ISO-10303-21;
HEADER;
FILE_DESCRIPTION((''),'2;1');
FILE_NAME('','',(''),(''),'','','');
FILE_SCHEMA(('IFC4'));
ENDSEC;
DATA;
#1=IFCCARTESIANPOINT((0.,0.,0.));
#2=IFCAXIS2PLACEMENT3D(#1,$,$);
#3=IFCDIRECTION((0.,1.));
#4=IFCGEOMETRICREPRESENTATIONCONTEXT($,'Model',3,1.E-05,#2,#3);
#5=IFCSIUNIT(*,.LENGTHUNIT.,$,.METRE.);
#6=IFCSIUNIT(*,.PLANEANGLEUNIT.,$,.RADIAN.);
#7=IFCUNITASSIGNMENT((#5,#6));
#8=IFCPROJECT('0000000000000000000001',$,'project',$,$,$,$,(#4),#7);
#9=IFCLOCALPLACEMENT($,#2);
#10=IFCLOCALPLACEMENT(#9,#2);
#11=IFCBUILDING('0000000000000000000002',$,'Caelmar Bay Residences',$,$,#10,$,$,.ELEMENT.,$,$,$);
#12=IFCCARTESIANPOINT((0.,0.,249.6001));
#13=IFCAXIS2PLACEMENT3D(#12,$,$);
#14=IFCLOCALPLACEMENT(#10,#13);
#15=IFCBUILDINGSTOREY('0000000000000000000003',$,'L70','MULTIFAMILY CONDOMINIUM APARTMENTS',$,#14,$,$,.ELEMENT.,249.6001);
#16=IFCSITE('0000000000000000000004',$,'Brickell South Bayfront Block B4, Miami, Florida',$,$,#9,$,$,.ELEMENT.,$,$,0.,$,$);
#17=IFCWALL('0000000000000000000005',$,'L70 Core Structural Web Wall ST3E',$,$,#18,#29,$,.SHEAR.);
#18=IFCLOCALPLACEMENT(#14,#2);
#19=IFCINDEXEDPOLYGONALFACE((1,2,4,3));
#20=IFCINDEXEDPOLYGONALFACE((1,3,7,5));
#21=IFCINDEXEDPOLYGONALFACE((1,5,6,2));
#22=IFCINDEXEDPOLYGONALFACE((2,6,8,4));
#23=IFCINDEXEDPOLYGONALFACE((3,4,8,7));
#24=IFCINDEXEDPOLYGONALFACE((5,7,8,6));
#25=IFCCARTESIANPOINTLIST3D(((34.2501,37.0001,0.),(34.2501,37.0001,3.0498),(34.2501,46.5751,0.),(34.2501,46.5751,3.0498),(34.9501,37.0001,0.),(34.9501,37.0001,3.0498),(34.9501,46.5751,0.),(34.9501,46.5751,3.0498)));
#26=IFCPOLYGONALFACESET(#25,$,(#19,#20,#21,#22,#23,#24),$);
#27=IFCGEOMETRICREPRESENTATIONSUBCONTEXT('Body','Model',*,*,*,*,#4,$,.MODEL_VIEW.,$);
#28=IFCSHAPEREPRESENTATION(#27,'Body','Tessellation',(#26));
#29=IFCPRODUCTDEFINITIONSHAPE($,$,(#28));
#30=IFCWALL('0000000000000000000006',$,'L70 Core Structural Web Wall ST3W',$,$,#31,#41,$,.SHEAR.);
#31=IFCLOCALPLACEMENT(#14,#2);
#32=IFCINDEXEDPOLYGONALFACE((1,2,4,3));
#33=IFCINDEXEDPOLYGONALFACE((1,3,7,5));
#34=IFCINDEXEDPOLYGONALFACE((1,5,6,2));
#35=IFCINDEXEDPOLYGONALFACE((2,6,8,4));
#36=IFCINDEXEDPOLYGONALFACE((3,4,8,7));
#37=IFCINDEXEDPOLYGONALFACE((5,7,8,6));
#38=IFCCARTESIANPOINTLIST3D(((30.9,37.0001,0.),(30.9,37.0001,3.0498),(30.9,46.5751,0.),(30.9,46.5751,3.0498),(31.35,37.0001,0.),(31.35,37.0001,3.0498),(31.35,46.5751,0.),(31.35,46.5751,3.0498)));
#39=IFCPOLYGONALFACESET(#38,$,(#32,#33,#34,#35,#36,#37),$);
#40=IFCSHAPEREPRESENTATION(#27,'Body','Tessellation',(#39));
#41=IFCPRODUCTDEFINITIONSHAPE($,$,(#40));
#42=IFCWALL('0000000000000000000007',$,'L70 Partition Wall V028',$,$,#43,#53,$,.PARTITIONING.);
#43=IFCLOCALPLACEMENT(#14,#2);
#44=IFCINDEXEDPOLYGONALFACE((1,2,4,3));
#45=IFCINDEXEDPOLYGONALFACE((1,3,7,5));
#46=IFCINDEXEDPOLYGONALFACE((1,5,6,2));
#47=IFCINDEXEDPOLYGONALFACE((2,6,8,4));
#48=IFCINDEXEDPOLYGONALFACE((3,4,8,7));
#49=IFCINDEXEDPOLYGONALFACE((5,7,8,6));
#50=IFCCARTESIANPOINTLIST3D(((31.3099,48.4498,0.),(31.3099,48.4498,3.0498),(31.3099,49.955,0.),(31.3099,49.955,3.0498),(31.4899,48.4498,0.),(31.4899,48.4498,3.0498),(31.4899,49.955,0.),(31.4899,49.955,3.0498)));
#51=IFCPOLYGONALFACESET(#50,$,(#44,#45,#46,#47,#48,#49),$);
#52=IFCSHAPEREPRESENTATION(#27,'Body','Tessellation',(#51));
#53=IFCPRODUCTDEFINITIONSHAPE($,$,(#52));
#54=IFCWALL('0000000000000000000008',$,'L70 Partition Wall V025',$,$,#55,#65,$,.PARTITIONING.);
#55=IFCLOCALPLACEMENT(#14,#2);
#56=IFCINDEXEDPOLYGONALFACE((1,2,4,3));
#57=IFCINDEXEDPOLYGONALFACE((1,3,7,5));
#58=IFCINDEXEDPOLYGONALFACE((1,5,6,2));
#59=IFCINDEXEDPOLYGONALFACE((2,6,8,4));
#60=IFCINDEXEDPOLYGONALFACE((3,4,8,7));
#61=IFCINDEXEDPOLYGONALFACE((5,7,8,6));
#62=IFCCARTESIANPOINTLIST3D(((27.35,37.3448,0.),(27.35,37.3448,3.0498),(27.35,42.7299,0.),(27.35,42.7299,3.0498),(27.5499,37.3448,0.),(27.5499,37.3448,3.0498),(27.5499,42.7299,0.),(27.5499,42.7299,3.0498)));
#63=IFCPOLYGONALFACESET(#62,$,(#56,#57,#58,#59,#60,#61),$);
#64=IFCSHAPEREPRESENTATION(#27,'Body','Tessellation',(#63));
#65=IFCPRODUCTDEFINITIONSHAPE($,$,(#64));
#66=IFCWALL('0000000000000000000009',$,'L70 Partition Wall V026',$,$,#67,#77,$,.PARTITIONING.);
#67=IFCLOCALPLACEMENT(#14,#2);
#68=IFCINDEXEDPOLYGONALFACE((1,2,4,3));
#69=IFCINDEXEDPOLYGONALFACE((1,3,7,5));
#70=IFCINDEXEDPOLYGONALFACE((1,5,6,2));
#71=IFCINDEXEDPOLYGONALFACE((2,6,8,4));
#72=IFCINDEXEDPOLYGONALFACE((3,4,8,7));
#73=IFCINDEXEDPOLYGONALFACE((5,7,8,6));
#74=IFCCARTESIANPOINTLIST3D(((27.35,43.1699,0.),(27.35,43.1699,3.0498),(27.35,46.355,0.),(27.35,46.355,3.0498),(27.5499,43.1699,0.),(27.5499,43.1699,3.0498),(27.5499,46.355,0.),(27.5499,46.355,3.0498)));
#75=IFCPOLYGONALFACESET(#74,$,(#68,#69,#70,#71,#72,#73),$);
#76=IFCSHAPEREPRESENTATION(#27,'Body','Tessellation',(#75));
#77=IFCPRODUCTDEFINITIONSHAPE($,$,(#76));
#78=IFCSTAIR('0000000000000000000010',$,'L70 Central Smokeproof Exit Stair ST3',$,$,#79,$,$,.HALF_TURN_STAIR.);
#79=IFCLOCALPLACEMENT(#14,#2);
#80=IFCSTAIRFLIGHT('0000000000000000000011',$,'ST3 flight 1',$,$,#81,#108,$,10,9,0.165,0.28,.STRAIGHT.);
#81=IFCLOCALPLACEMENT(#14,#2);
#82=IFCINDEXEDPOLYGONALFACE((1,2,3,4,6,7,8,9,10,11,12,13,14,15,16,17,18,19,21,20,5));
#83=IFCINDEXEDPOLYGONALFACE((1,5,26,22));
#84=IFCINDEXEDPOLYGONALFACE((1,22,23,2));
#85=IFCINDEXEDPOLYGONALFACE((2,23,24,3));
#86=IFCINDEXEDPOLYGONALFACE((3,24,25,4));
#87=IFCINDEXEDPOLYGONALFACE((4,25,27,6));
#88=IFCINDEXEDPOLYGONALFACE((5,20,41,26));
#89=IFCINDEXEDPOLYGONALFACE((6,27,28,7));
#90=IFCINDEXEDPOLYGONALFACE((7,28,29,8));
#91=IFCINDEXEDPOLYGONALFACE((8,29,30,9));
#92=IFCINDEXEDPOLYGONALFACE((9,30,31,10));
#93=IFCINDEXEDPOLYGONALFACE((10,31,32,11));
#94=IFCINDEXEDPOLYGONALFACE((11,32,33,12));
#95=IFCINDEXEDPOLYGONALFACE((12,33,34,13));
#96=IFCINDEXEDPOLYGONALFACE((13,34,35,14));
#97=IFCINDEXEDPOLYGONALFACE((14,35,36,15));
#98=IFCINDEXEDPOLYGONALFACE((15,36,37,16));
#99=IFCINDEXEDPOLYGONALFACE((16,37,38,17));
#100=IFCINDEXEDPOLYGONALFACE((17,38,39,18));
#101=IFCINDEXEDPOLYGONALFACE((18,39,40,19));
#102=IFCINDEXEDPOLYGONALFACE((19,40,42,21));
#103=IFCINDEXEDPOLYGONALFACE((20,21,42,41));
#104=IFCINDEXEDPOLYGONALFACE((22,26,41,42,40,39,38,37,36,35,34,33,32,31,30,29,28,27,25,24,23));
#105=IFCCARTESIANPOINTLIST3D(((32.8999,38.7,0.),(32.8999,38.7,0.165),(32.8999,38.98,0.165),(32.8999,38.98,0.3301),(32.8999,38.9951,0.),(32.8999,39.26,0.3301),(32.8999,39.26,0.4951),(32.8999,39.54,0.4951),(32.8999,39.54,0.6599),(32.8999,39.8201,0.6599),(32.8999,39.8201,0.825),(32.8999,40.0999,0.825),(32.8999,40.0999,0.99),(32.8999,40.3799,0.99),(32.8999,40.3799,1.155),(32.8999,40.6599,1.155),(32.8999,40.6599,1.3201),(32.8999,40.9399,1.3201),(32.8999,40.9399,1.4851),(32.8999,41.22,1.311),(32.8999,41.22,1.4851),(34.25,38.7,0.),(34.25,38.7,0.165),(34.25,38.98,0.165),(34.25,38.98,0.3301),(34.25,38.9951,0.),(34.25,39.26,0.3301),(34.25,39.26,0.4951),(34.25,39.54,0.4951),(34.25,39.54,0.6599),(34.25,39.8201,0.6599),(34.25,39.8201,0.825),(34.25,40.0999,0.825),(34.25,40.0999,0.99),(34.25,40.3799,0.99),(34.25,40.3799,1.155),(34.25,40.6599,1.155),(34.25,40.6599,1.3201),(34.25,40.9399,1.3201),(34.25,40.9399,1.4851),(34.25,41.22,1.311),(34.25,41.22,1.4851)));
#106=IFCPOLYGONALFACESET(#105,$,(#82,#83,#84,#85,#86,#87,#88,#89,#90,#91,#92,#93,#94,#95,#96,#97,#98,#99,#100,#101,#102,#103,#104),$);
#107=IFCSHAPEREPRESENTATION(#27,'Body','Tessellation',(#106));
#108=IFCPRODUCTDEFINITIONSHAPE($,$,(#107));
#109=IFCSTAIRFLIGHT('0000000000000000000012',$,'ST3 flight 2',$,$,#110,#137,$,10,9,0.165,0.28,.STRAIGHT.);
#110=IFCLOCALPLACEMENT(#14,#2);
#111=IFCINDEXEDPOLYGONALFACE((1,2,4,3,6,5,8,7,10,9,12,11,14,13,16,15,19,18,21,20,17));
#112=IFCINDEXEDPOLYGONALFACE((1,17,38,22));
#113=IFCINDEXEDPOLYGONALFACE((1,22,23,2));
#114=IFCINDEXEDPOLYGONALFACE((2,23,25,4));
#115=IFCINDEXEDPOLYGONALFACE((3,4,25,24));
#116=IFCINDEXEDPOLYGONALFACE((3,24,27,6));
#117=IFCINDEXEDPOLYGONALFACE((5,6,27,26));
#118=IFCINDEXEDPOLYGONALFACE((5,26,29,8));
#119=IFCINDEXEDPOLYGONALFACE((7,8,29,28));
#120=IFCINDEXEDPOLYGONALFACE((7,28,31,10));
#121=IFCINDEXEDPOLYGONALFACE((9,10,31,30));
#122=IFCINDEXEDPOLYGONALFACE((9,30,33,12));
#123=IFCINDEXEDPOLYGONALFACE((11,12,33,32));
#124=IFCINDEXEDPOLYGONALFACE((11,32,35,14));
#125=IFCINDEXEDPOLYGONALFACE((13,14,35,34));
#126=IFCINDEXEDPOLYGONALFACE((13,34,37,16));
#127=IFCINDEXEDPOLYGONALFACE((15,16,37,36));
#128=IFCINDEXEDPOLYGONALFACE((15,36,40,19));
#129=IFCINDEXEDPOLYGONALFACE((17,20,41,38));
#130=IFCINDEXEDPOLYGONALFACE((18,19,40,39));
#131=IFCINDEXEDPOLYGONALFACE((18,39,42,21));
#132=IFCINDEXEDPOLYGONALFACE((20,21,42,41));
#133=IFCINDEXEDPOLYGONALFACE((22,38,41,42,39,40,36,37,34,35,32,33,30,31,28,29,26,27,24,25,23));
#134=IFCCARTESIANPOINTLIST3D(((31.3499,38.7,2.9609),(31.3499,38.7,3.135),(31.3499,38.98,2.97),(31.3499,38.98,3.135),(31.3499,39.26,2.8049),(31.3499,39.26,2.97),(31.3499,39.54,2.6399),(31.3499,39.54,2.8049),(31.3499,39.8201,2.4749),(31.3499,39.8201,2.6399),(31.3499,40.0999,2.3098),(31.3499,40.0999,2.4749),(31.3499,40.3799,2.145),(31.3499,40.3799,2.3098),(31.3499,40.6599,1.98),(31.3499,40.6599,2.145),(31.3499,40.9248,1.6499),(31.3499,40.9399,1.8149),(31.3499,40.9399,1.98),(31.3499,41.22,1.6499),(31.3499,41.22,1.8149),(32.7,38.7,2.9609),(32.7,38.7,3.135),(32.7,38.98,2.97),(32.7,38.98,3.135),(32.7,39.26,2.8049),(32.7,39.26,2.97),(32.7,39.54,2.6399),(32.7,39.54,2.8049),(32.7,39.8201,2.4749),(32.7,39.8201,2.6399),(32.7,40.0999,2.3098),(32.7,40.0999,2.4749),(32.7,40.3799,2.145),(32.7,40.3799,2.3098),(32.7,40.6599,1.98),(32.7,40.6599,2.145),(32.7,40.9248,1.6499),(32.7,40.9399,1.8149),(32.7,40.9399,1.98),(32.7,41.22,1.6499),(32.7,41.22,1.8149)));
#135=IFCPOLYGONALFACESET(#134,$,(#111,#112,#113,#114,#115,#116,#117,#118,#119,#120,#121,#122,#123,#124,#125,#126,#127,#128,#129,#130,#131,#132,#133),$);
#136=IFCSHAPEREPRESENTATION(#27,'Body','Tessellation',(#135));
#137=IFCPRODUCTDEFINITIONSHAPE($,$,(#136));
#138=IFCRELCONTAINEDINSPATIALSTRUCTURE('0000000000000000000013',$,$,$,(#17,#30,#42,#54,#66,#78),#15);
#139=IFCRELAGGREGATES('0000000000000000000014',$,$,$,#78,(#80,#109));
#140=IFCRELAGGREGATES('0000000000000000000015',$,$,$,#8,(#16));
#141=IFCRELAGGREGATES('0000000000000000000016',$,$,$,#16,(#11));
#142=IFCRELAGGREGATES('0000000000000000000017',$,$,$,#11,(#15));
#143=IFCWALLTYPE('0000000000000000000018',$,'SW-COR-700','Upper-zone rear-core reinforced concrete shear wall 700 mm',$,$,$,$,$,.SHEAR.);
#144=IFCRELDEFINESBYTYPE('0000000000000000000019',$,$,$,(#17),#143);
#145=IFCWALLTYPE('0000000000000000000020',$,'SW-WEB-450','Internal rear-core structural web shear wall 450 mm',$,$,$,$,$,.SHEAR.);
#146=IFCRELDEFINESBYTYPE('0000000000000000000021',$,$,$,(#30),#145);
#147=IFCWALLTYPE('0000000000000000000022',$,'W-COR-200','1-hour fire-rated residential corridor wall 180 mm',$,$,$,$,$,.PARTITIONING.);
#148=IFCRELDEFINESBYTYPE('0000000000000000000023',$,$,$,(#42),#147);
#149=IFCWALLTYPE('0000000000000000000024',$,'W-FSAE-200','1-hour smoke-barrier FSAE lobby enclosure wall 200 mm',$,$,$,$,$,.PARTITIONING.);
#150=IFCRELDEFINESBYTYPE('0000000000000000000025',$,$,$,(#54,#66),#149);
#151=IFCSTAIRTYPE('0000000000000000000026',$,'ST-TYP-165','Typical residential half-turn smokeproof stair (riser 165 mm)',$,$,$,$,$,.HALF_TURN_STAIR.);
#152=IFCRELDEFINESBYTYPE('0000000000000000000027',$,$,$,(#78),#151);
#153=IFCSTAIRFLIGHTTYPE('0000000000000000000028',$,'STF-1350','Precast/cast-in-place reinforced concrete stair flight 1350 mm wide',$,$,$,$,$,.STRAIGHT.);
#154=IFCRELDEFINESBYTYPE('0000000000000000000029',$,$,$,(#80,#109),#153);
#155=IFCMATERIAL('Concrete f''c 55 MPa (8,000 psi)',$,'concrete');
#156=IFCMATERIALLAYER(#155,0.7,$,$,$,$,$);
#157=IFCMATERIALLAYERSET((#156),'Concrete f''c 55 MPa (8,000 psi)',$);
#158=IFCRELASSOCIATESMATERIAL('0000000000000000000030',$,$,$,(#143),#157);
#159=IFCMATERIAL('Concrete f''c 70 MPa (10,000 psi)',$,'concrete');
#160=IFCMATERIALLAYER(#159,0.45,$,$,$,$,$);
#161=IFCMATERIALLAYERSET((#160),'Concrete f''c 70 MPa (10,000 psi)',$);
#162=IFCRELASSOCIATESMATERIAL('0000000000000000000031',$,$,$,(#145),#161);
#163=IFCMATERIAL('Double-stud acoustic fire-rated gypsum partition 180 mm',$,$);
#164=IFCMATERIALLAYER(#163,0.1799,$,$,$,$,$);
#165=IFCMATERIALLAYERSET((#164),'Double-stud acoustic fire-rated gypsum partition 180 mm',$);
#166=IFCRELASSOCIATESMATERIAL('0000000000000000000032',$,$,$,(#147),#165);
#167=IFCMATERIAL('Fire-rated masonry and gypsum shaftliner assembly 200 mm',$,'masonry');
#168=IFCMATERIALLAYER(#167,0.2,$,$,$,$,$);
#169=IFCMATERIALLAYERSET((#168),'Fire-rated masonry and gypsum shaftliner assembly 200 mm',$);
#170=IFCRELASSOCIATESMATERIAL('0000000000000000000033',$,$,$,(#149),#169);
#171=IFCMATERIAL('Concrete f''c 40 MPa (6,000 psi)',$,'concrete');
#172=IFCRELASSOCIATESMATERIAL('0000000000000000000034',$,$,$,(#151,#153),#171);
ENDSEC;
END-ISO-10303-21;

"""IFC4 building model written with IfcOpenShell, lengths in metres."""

from ifc_helpers import new_model, si_unit, direction, frame, frame_2d, origin, place, context, subcontext, project, spatial, polyline, rectangle, outline, extrude, material, layer, layer_set, type_object, element, aggregate, save


model = new_model("IFC4")

# Units and contexts
model_context = context("Model", 3, precision=1e-05, world=origin(), true_north=direction((0.0, 1.0)))
body_context = subcontext(model_context, "Body", "Model", "MODEL_VIEW")
ifc_project = project(units=[si_unit("LENGTHUNIT", "METRE"), si_unit("PLANEANGLEUNIT", "RADIAN")], contexts=[model_context])

# Site, building, storey
site_placement = place(None, origin())
site = spatial("IfcSite", under=ifc_project, at=site_placement, Name="Brickell South Bayfront Block B4, Miami, Florida", CompositionType="ELEMENT", RefElevation=0.0)
building_placement = place(site_placement, origin())
building = spatial("IfcBuilding", under=site, at=building_placement, Name="Caelmar Bay Residences", CompositionType="ELEMENT")
storey_placement = place(building_placement, frame((0.0, 0.0, 249.6001)))
storey = spatial("IfcBuildingStorey", under=building, at=storey_placement, Name="L70", Description="MULTIFAMILY CONDOMINIUM APARTMENTS", CompositionType="ELEMENT", Elevation=249.6001)

# Walls
ifc_material_1 = material(Name="Concrete f'c 55 MPa (8,000 psi)", Category="concrete")
ifc_layer_1 = layer(ifc_material_1, 0.7)
ifc_layer_set_1 = layer_set([ifc_layer_1], Name="Concrete f'c 55 MPa (8,000 psi)")
wall_type_1 = type_object("IfcWallType", Name="SW-COR-700", Description="Upper-zone rear-core reinforced concrete shear wall 700 mm", PredefinedType="SHEAR", material=ifc_layer_set_1)
wall_1_placement = place(storey_placement, frame((34.6001, 37.0, 0.0), z_axis=(0.0, 0.0, 1.0), x_axis=(0.0, 1.0, 0.0)))
element("IfcWall", 1, at=wall_1_placement, inside=storey, type_object=wall_type_1, Name="L70 Core Structural Web Wall ST3E", PredefinedType="SHEAR", context=body_context, shape_type="SweptSolid", body=[
    extrude(rectangle(XDim=9.575, YDim=0.7, at=frame_2d((4.7876, 0.0))), origin(), (0.0, 0.0, 1.0), 3.0498),
])
ifc_material_2 = material(Name="Concrete f'c 70 MPa (10,000 psi)", Category="concrete")
ifc_layer_2 = layer(ifc_material_2, 0.45)
ifc_layer_set_2 = layer_set([ifc_layer_2], Name="Concrete f'c 70 MPa (10,000 psi)")
wall_type_2 = type_object("IfcWallType", Name="SW-WEB-450", Description="Internal rear-core structural web shear wall 450 mm", PredefinedType="SHEAR", material=ifc_layer_set_2)
wall_2_placement = place(storey_placement, frame((31.125, 37.0, 0.0), z_axis=(0.0, 0.0, 1.0), x_axis=(0.0, 1.0, 0.0)))
element("IfcWall", 2, at=wall_2_placement, inside=storey, type_object=wall_type_2, Name="L70 Core Structural Web Wall ST3W", PredefinedType="SHEAR", context=body_context, shape_type="SweptSolid", body=[
    extrude(rectangle(XDim=9.575, YDim=0.45, at=frame_2d((4.7876, 0.0))), origin(), (0.0, 0.0, 1.0), 3.0498),
])
ifc_material_3 = material(Name="Double-stud acoustic fire-rated gypsum partition 180 mm")
ifc_layer_3 = layer(ifc_material_3, 0.1799)
ifc_layer_set_3 = layer_set([ifc_layer_3], Name="Double-stud acoustic fire-rated gypsum partition 180 mm")
wall_type_3 = type_object("IfcWallType", Name="W-COR-200", Description="1-hour fire-rated residential corridor wall 180 mm", PredefinedType="PARTITIONING", material=ifc_layer_set_3)
wall_3_placement = place(storey_placement, frame((31.3999, 48.45, 0.0), z_axis=(0.0, 0.0, 1.0), x_axis=(0.0, 1.0, 0.0)))
element("IfcWall", 3, at=wall_3_placement, inside=storey, type_object=wall_type_3, Name="L70 Partition Wall V028", PredefinedType="PARTITIONING", context=body_context, shape_type="SweptSolid", body=[
    extrude(rectangle(XDim=1.5051, YDim=0.1799, at=frame_2d((0.7524, 0.0))), origin(), (0.0, 0.0, 1.0), 3.0498),
])
ifc_material_4 = material(Name="Fire-rated masonry and gypsum shaftliner assembly 200 mm", Category="masonry")
ifc_layer_4 = layer(ifc_material_4, 0.2)
ifc_layer_set_4 = layer_set([ifc_layer_4], Name="Fire-rated masonry and gypsum shaftliner assembly 200 mm")
wall_type_4 = type_object("IfcWallType", Name="W-FSAE-200", Description="1-hour smoke-barrier FSAE lobby enclosure wall 200 mm", PredefinedType="PARTITIONING", material=ifc_layer_set_4)
wall_4_placement = place(storey_placement, frame((27.45, 37.345, 0.0), z_axis=(0.0, 0.0, 1.0), x_axis=(0.0, 1.0, 0.0)))
element("IfcWall", 4, at=wall_4_placement, inside=storey, type_object=wall_type_4, Name="L70 Partition Wall V025", PredefinedType="PARTITIONING", context=body_context, shape_type="SweptSolid", body=[
    extrude(rectangle(XDim=5.385, YDim=0.2, at=frame_2d((2.6924, 0.0))), origin(), (0.0, 0.0, 1.0), 3.0498),
])
wall_5_placement = place(storey_placement, frame((27.45, 43.1699, 0.0), z_axis=(0.0, 0.0, 1.0), x_axis=(0.0, 1.0, 0.0)))
element("IfcWall", 5, at=wall_5_placement, inside=storey, type_object=wall_type_4, Name="L70 Partition Wall V026", PredefinedType="PARTITIONING", context=body_context, shape_type="SweptSolid", body=[
    extrude(rectangle(XDim=3.1851, YDim=0.2, at=frame_2d((1.5925, 0.0))), origin(), (0.0, 0.0, 1.0), 3.0498),
])

# Stair, stair flights
ifc_material_5 = material(Name="Concrete f'c 40 MPa (6,000 psi)", Category="concrete")
stair_type = type_object("IfcStairType", Name="ST-TYP-165", Description="Typical residential half-turn smokeproof stair (riser 165 mm)", PredefinedType="HALF_TURN_STAIR", material=ifc_material_5)
stair_placement = place(storey_placement, origin())
stair = element("IfcStair", 6, at=stair_placement, inside=storey, type_object=stair_type, Name="L70 Central Smokeproof Exit Stair ST3", PredefinedType="HALF_TURN_STAIR")
stair_flight_type = type_object("IfcStairFlightType", Name="STF-1350", Description="Precast/cast-in-place reinforced concrete stair flight 1350 mm wide", PredefinedType="STRAIGHT", material=ifc_material_5)
stair_flight_1_placement = place(storey_placement, frame((33.575, 38.7, 0.0), z_axis=(0.0, 0.0, 1.0), x_axis=(0.0, 1.0, 0.0)))
stair_flight_1 = element("IfcStairFlight", 7, at=stair_flight_1_placement, type_object=stair_flight_type, Name="ST3 flight 1", NumberOfRisers=10, NumberOfTreads=9, PredefinedType="STRAIGHT", RiserHeight=0.165, TreadLength=0.28, context=body_context, shape_type="SweptSolid", body=[
    extrude(outline(polyline([(0.0, 0.0), (0.0, 0.165), (0.28, 0.165), (0.28, 0.3301), (0.5601, 0.3301), (0.5601, 0.4951), (0.8401, 0.4951), (0.8401, 0.6599), (1.1201, 0.6599), (1.1201, 0.825), (1.3999, 0.825), (1.3999, 0.99), (1.6799, 0.99), (1.6799, 1.155), (1.96, 1.155), (1.96, 1.3201), (2.24, 1.3201), (2.24, 1.4851), (2.52, 1.4851), (2.52, 1.6499), (2.52, 1.311), (0.2952, 0.0), (0.0, 0.0)])), frame((0.0, 0.675, 0.0), z_axis=(0.0, -1.0, 0.0), x_axis=(1.0, 0.0, 0.0)), (0.0, 0.0, 1.0), 1.3501),
])
stair_flight_2_placement = place(storey_placement, frame((32.0249, 41.22, 1.6499), z_axis=(0.0, 0.0, 1.0), x_axis=(0.0, -1.0, 0.0)))
stair_flight_2 = element("IfcStairFlight", 8, at=stair_flight_2_placement, type_object=stair_flight_type, Name="ST3 flight 2", NumberOfRisers=10, NumberOfTreads=9, PredefinedType="STRAIGHT", RiserHeight=0.165, TreadLength=0.28, context=body_context, shape_type="SweptSolid", body=[
    extrude(outline(polyline([(0.0, 0.0), (0.0, 0.165), (0.28, 0.165), (0.28, 0.3301), (0.5601, 0.3301), (0.5601, 0.4951), (0.8401, 0.4951), (0.8401, 0.6599), (1.1201, 0.6599), (1.1201, 0.825), (1.3999, 0.825), (1.3999, 0.99), (1.6799, 0.99), (1.6799, 1.155), (1.96, 1.155), (1.96, 1.3201), (2.24, 1.3201), (2.24, 1.4851), (2.52, 1.4851), (2.52, 1.6499), (2.52, 1.311), (0.2952, 0.0), (0.0, 0.0)])), frame((0.0, 0.675, 0.0), z_axis=(0.0, -1.0, 0.0), x_axis=(1.0, 0.0, 0.0)), (0.0, 0.0, 1.0), 1.3501),
])
aggregate(stair, [stair_flight_1, stair_flight_2])

save(model, "model.ifc")
